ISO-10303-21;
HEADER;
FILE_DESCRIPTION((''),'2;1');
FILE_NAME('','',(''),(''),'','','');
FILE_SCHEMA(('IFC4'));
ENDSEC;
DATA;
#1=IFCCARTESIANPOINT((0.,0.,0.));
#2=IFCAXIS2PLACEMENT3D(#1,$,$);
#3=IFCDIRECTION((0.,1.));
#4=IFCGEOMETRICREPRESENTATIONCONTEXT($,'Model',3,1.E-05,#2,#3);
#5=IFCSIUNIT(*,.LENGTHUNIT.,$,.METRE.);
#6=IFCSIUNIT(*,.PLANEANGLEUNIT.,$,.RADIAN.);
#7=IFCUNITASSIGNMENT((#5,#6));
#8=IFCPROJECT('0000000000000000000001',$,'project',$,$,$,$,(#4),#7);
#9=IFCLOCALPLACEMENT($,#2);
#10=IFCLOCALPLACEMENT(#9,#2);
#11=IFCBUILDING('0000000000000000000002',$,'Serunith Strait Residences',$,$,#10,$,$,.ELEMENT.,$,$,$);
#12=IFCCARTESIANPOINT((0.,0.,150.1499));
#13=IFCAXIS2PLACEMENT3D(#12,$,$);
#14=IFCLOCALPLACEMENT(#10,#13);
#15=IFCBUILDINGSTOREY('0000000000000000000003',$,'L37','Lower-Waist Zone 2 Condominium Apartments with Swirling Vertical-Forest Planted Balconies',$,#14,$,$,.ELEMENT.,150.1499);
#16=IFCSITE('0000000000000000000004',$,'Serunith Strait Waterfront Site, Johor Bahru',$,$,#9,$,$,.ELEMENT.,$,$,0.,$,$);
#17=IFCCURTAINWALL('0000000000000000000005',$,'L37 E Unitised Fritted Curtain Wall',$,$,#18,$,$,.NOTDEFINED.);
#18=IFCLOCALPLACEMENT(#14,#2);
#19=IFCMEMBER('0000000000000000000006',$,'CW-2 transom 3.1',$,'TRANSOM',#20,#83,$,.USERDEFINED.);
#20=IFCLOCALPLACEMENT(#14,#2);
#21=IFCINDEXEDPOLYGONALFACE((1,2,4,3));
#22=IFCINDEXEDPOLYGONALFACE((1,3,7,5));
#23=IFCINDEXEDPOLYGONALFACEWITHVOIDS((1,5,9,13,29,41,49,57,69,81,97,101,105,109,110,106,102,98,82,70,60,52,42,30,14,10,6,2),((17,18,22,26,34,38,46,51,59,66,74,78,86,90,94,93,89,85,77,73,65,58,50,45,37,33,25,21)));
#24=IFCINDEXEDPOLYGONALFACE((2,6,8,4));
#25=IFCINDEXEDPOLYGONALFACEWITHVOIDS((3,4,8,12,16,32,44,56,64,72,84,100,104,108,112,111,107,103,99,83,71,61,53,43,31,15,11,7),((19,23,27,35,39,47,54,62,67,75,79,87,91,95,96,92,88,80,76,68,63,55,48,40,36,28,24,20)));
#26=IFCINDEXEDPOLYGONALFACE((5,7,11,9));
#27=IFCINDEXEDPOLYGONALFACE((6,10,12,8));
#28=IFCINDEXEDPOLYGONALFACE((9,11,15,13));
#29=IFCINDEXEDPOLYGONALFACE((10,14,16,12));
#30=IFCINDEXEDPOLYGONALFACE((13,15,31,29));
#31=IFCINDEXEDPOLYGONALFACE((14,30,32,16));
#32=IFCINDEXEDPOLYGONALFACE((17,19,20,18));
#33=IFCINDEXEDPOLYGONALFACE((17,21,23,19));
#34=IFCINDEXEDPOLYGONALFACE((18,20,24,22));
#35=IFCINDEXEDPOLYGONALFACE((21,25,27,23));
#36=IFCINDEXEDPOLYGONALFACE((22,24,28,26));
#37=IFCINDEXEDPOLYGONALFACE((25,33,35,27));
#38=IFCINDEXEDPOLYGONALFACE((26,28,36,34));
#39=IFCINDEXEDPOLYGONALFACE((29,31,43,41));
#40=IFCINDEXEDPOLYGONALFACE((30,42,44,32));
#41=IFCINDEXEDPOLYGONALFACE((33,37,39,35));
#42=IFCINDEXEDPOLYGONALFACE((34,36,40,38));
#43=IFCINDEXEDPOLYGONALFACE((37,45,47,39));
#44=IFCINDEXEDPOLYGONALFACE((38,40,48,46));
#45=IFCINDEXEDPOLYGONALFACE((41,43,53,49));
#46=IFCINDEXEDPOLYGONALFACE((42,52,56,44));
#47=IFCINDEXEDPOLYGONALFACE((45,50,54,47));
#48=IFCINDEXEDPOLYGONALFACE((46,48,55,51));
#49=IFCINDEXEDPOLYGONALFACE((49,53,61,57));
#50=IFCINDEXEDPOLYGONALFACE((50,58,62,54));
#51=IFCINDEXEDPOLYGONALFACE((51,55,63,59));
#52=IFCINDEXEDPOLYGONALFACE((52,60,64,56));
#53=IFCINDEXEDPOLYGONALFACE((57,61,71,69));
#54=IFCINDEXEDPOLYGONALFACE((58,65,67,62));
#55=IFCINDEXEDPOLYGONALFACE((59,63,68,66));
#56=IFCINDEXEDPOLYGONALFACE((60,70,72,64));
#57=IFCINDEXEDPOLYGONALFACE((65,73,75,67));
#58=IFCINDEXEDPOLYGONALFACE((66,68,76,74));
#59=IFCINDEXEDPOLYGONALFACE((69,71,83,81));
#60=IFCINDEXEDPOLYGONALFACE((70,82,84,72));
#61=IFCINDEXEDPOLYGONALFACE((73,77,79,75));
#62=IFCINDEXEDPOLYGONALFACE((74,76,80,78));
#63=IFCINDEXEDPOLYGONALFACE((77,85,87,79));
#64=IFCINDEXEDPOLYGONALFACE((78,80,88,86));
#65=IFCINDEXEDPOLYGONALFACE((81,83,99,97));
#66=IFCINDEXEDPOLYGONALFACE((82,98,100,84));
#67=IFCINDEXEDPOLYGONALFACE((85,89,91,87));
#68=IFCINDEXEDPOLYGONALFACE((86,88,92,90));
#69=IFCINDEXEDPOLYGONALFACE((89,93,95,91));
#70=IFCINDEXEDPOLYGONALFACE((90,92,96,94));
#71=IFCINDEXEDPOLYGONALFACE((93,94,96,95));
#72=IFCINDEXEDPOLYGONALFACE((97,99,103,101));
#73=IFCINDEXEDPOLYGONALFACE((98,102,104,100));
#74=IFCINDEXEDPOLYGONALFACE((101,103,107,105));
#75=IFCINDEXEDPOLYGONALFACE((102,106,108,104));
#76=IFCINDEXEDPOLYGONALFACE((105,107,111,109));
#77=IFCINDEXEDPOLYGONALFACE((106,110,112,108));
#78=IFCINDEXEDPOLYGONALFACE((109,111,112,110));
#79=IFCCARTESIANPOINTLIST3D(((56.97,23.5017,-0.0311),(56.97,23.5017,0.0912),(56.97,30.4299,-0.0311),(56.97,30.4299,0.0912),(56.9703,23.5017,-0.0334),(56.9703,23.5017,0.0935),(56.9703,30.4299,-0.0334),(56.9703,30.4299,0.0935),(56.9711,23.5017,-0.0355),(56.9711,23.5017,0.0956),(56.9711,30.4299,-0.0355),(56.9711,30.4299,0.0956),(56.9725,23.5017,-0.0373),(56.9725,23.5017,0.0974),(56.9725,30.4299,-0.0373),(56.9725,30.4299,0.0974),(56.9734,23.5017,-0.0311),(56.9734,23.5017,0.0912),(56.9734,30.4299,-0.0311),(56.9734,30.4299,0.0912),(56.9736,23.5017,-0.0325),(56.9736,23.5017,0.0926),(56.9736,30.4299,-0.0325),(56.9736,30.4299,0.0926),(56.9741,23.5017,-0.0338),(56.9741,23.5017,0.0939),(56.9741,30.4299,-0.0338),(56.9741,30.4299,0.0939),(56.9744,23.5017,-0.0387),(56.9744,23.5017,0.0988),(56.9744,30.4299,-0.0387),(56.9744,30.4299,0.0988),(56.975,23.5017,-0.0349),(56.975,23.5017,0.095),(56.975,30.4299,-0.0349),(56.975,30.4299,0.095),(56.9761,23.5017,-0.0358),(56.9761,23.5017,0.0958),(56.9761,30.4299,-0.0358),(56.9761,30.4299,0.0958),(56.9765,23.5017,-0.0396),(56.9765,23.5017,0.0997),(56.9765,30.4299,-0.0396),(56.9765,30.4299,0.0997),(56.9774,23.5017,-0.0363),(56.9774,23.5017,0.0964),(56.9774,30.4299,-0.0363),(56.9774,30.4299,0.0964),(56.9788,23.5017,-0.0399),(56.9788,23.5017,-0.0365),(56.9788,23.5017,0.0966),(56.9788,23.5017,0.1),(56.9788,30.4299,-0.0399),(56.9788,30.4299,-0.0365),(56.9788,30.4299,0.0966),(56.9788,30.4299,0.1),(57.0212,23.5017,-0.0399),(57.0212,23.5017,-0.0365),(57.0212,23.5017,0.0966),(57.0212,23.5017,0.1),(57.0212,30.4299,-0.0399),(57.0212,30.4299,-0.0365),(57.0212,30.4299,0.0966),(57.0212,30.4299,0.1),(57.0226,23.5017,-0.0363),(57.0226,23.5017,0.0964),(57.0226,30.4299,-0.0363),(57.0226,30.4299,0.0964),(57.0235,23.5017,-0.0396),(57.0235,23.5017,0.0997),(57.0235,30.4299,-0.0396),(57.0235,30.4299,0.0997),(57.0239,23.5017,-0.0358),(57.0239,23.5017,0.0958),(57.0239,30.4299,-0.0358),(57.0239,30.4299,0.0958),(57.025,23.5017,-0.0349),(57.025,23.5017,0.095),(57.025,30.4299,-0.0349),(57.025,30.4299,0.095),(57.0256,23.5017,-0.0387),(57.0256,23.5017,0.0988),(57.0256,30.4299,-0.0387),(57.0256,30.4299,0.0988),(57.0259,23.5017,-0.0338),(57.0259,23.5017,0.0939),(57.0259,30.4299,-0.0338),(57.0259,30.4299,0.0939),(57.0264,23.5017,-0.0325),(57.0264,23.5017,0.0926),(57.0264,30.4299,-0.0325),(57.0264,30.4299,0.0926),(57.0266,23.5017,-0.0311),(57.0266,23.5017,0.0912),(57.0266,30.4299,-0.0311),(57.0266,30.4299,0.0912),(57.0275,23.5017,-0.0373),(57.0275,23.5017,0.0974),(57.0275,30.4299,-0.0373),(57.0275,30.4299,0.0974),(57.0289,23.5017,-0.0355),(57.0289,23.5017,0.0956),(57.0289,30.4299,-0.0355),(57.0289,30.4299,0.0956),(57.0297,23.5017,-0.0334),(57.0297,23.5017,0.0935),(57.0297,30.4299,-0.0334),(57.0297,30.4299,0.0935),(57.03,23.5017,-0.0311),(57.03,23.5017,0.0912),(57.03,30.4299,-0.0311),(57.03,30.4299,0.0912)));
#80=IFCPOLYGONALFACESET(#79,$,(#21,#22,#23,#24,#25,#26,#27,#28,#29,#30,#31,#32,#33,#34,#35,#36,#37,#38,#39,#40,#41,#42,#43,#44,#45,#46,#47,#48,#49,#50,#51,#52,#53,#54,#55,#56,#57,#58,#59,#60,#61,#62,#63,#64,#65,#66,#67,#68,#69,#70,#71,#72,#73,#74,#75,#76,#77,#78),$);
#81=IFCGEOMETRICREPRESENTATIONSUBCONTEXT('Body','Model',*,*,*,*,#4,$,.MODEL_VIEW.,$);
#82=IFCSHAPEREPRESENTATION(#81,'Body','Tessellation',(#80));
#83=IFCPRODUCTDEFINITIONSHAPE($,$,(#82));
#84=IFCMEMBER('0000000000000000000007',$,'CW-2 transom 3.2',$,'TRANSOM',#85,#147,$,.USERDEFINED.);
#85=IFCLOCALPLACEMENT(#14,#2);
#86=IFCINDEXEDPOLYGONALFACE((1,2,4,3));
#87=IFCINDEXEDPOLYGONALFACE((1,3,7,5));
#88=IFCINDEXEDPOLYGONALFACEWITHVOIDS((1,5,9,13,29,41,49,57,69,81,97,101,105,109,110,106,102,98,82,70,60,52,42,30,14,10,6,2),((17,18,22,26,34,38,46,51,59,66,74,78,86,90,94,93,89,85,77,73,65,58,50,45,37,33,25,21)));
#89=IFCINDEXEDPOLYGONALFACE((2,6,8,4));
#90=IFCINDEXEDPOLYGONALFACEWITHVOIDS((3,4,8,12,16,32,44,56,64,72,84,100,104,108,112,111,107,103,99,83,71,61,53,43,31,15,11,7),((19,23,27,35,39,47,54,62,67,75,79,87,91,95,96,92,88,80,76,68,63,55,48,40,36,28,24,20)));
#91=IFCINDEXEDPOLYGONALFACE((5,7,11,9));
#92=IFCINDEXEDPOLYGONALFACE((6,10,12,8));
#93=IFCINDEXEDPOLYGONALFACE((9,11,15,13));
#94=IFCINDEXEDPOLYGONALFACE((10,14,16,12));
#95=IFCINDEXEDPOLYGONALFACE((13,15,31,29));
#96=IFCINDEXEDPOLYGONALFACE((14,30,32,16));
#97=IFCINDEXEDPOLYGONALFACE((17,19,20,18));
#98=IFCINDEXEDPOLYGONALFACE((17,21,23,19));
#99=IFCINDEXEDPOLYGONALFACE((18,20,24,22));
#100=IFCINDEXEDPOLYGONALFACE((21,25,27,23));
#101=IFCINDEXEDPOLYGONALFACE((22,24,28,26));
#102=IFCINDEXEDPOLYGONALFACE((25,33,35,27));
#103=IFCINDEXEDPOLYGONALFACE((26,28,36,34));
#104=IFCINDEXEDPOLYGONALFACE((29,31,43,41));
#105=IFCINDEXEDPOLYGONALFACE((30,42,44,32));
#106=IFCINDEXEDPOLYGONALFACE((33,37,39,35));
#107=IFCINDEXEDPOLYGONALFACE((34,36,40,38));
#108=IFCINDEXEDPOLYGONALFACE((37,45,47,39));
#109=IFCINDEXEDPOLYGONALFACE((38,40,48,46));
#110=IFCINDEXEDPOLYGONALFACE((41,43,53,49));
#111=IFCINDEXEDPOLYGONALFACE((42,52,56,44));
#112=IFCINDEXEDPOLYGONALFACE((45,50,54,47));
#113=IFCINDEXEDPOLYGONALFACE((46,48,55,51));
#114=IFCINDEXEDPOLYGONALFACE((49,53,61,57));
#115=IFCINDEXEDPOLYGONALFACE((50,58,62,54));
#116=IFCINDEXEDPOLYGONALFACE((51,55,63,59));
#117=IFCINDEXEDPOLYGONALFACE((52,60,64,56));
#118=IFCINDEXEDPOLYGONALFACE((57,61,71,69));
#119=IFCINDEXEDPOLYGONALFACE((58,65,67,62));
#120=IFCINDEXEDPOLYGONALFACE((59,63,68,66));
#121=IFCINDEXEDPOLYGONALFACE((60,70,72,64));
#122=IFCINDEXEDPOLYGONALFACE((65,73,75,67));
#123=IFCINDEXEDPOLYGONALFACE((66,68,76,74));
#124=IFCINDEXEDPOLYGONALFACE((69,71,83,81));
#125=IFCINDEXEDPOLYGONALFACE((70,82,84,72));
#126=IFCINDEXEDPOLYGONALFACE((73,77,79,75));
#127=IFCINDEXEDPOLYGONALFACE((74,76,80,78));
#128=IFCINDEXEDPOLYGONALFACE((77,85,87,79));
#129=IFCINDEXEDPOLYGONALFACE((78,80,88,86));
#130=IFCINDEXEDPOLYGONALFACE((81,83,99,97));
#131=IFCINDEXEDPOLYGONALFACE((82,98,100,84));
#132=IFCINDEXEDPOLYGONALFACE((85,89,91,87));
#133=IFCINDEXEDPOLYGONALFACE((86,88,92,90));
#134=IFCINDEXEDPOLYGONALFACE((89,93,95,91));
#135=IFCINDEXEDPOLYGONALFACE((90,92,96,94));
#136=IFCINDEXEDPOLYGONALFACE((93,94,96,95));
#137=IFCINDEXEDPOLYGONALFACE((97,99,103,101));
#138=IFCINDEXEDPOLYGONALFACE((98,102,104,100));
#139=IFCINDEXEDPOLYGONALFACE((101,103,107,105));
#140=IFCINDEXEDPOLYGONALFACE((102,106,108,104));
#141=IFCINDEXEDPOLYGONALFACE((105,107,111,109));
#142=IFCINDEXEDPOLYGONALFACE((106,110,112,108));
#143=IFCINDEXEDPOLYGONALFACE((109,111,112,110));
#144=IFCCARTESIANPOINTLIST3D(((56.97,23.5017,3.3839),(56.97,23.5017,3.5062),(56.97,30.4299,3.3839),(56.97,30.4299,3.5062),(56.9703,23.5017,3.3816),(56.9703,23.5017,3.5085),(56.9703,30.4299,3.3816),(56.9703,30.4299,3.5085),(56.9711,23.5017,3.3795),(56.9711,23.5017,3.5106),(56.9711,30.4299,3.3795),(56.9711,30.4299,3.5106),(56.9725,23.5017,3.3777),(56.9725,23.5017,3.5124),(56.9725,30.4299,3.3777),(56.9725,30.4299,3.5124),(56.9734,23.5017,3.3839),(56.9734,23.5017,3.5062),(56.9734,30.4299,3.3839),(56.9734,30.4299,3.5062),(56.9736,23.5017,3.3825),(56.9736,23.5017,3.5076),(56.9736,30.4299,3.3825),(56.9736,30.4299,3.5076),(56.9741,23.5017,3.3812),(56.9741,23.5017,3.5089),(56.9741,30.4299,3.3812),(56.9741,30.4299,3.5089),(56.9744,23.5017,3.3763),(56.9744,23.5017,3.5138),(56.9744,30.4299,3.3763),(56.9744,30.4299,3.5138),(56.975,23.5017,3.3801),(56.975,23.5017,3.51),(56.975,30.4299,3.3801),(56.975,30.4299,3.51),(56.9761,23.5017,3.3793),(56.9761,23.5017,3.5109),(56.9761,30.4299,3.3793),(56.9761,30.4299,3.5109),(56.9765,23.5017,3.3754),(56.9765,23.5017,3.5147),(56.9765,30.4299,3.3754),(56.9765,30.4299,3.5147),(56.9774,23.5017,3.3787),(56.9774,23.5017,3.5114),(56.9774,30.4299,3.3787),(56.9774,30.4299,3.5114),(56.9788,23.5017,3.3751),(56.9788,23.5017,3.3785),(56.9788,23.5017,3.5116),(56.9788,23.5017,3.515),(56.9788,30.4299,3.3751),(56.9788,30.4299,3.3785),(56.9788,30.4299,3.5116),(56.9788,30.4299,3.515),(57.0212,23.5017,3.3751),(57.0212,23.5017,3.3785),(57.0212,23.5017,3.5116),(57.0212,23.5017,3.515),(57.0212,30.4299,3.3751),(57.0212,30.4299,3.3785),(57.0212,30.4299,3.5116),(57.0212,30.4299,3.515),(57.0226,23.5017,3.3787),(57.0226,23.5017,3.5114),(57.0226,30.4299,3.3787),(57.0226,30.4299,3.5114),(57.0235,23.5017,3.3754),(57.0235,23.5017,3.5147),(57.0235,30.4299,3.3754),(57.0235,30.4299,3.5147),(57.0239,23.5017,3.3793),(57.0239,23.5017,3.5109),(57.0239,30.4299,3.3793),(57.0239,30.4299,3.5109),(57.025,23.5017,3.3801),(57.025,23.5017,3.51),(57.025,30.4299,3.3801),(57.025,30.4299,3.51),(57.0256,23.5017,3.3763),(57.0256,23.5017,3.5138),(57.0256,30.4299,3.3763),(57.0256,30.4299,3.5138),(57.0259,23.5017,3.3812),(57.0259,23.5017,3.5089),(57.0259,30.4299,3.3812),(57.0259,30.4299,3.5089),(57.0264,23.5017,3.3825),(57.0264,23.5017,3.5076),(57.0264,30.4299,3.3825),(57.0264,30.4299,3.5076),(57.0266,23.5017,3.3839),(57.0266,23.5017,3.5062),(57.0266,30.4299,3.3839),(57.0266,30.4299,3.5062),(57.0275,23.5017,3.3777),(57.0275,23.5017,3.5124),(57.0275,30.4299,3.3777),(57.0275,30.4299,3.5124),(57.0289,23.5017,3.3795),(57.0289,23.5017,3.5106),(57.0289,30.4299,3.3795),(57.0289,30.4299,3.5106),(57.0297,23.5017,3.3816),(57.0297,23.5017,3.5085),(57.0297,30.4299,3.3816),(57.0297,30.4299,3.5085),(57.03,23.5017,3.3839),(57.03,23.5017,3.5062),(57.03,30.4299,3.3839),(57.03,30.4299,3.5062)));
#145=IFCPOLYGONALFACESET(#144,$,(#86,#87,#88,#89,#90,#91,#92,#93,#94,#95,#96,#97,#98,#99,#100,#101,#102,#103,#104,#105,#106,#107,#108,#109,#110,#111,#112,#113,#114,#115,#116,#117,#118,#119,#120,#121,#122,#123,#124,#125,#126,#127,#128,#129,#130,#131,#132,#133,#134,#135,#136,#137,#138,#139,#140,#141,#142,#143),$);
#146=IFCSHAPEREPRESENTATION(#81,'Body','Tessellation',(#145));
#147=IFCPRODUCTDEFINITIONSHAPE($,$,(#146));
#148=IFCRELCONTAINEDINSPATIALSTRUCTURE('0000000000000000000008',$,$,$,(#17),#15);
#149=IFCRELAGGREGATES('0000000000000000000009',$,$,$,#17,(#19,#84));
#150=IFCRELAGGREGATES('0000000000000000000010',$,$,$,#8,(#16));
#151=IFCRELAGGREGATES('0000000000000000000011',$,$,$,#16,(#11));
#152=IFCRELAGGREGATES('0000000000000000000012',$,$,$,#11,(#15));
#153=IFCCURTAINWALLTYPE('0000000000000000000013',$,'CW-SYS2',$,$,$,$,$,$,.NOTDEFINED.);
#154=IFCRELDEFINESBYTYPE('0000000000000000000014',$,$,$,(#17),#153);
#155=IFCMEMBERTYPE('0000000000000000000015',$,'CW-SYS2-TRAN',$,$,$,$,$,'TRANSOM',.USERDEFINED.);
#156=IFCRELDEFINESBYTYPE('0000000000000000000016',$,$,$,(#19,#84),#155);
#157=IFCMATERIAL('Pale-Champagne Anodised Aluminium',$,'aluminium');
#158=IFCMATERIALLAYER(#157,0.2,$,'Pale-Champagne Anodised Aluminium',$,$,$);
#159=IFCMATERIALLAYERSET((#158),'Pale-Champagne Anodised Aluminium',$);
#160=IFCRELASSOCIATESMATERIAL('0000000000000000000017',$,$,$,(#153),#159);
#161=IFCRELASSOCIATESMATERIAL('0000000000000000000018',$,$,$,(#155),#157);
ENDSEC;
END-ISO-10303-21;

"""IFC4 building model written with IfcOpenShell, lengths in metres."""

from ifc_helpers import new_model, si_unit, direction, frame, origin, origin_2d, place, context, subcontext, project, spatial, hollow_rectangle, extrude, source, transform, mapped, material, layer, layer_set, material_profile, profile_set, type_object, element, aggregate, save


model = new_model("IFC4")

# Units and contexts
model_context = context("Model", 3, precision=1e-05, world=origin(), true_north=direction((0.0, 1.0)))
body_context = subcontext(model_context, "Body", "Model", "MODEL_VIEW")
ifc_project = project(units=[si_unit("LENGTHUNIT", "METRE"), si_unit("PLANEANGLEUNIT", "RADIAN")], contexts=[model_context])

# Site, building, storey
site_placement = place(None, origin())
site = spatial("IfcSite", under=ifc_project, at=site_placement, Name="Serunith Strait Waterfront Site, Johor Bahru", CompositionType="ELEMENT", RefElevation=0.0)
building_placement = place(site_placement, origin())
building = spatial("IfcBuilding", under=site, at=building_placement, Name="Serunith Strait Residences", CompositionType="ELEMENT")
storey_placement = place(building_placement, frame((0.0, 0.0, 150.1499)))
storey = spatial("IfcBuildingStorey", under=building, at=storey_placement, Name="L37", Description="Lower-Waist Zone 2 Condominium Apartments with Swirling Vertical-Forest Planted Balconies", CompositionType="ELEMENT", Elevation=150.1499)

# Curtain wall, members
ifc_material_1 = material(Name="Pale-Champagne Anodised Aluminium", Category="aluminium")
ifc_layer_1 = layer(ifc_material_1, 0.2, Name="Pale-Champagne Anodised Aluminium")
ifc_layer_set_1 = layer_set([ifc_layer_1], Name="Pale-Champagne Anodised Aluminium")
curtain_wall_type = type_object("IfcCurtainWallType", Name="CW-SYS2", PredefinedType="NOTDEFINED", material=ifc_layer_set_1)
curtain_wall_placement = place(storey_placement, origin())
curtain_wall = element("IfcCurtainWall", 1, at=curtain_wall_placement, inside=storey, type_object=curtain_wall_type, Name="L37 E Unitised Fritted Curtain Wall", PredefinedType="NOTDEFINED")
ifc_material_profile_1 = material_profile(ifc_material_1, hollow_rectangle(XDim=0.0601, YDim=0.1399, WallThickness=0.0034, InnerFilletRadius=0.0054, OuterFilletRadius=0.0088, at=origin_2d()), Name="ALU 140x60x3.5")
ifc_profile_set_1 = profile_set([ifc_material_profile_1], Name="Pale-Champagne Anodised Aluminium")
member_type_1 = type_object("IfcMemberType", Name="CW-SYS2-TRAN", ElementType="TRANSOM", PredefinedType="USERDEFINED", material=ifc_profile_set_1)
shared_shape_1 = source(origin(), body_context, "Body", "SweptSolid", [
    extrude(hollow_rectangle(XDim=0.0601, YDim=0.1399, WallThickness=0.0034, InnerFilletRadius=0.0054, OuterFilletRadius=0.0088, at=origin_2d()), origin(), (0.0, 0.0, 1.0), 6.9282),
])
member_1_placement = place(storey_placement, frame((57.0, 23.5017, 0.03), z_axis=(0.0, 1.0, 0.0), x_axis=(-1.0, 0.0, 0.0)))
member_1 = element("IfcMember", 2, at=member_1_placement, type_object=member_type_1, Name="CW-2 transom 3.1", ObjectType="TRANSOM", PredefinedType="USERDEFINED", context=body_context, shape_type="MappedRepresentation", body=[
    mapped(shared_shape_1, transform((0.0, 0.0, 0.0), scale=1.0)),
])
member_2_placement = place(storey_placement, frame((57.0, 23.5017, 3.4451), z_axis=(0.0, 1.0, 0.0), x_axis=(-1.0, 0.0, 0.0)))
member_2 = element("IfcMember", 3, at=member_2_placement, type_object=member_type_1, Name="CW-2 transom 3.2", ObjectType="TRANSOM", PredefinedType="USERDEFINED", context=body_context, shape_type="MappedRepresentation", body=[
    mapped(shared_shape_1, transform((0.0, 0.0, 0.0), scale=1.0)),
])
aggregate(curtain_wall, [member_1, member_2])

save(model, "model.ifc")
